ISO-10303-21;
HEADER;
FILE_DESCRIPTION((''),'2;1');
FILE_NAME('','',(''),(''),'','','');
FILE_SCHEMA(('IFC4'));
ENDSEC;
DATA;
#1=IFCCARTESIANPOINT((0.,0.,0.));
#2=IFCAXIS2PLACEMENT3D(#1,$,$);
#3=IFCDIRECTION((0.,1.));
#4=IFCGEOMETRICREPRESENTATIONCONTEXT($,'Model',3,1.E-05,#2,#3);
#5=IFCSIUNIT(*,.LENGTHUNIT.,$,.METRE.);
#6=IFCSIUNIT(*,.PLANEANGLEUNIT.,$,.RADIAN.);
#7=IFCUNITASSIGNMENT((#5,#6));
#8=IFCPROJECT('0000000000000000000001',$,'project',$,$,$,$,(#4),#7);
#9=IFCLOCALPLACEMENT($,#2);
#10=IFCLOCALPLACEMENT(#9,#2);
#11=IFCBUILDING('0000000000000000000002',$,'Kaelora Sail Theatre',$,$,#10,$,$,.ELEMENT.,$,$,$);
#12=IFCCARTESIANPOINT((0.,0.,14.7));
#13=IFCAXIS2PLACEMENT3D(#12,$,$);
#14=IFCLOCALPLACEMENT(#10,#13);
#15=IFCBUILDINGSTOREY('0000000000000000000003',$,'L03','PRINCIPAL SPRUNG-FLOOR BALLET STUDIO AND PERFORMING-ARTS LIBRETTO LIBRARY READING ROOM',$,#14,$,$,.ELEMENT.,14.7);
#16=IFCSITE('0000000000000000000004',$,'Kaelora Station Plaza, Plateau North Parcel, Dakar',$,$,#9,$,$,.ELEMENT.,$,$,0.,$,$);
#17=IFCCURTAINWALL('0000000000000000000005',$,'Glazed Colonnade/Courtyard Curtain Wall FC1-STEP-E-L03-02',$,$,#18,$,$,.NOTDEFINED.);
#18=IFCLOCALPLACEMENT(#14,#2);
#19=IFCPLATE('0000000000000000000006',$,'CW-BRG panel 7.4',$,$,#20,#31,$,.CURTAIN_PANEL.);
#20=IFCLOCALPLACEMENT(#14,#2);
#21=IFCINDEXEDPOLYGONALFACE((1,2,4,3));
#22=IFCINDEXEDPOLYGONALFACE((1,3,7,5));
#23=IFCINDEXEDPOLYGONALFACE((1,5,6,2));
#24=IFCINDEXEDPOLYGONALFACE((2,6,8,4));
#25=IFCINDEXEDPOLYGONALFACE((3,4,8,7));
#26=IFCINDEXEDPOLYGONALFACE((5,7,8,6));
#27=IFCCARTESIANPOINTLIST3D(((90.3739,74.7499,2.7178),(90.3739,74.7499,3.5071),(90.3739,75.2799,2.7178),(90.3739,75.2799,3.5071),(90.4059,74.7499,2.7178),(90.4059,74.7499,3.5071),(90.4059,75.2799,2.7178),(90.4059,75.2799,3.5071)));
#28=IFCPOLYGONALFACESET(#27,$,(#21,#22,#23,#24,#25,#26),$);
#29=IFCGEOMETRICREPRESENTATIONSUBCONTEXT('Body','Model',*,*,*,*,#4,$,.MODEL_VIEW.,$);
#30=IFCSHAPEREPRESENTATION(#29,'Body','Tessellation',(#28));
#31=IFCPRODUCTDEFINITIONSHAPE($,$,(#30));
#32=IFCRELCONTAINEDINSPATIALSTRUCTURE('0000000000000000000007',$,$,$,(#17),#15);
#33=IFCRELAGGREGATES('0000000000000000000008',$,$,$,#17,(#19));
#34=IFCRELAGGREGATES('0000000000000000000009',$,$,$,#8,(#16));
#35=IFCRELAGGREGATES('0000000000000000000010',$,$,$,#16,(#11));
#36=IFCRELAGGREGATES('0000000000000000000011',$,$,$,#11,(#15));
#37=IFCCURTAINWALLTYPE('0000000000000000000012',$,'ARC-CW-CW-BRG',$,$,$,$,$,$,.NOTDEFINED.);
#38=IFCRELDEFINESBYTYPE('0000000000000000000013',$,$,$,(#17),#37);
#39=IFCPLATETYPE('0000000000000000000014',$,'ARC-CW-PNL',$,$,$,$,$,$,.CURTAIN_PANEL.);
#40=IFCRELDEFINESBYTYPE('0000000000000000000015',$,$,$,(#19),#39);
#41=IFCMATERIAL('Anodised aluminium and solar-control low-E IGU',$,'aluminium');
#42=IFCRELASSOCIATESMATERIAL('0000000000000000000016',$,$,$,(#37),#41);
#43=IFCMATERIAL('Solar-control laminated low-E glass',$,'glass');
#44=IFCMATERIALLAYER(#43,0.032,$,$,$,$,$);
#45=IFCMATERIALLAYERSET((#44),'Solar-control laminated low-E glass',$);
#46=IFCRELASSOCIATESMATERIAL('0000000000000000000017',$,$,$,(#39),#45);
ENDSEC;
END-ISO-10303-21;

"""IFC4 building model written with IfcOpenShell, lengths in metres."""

from ifc_helpers import new_model, si_unit, direction, frame, origin, origin_2d, place, context, subcontext, project, spatial, rectangle, extrude, material, layer, layer_set, type_object, element, aggregate, save


model = new_model("IFC4")

# Units and contexts
model_context = context("Model", 3, precision=1e-05, world=origin(), true_north=direction((0.0, 1.0)))
body_context = subcontext(model_context, "Body", "Model", "MODEL_VIEW")
ifc_project = project(units=[si_unit("LENGTHUNIT", "METRE"), si_unit("PLANEANGLEUNIT", "RADIAN")], contexts=[model_context])

# Site, building, storey
site_placement = place(None, origin())
site = spatial("IfcSite", under=ifc_project, at=site_placement, Name="Kaelora Station Plaza, Plateau North Parcel, Dakar", CompositionType="ELEMENT", RefElevation=0.0)
building_placement = place(site_placement, origin())
building = spatial("IfcBuilding", under=site, at=building_placement, Name="Kaelora Sail Theatre", CompositionType="ELEMENT")
storey_placement = place(building_placement, frame((0.0, 0.0, 14.7)))
storey = spatial("IfcBuildingStorey", under=building, at=storey_placement, Name="L03", Description="PRINCIPAL SPRUNG-FLOOR BALLET STUDIO AND PERFORMING-ARTS LIBRETTO LIBRARY READING ROOM", CompositionType="ELEMENT", Elevation=14.7)

# Curtain wall
ifc_material_1 = material(Name="Anodised aluminium and solar-control low-E IGU", Category="aluminium")
curtain_wall_type = type_object("IfcCurtainWallType", Name="ARC-CW-CW-BRG", PredefinedType="NOTDEFINED", material=ifc_material_1)
curtain_wall_1_placement = place(storey_placement, origin())
curtain_wall_1 = element("IfcCurtainWall", 1, at=curtain_wall_1_placement, inside=storey, type_object=curtain_wall_type, Name="Glazed Colonnade/Courtyard Curtain Wall FC1-STEP-E-L03-02", PredefinedType="NOTDEFINED")

# Plate
ifc_material_2 = material(Name="Solar-control laminated low-E glass", Category="glass")
ifc_layer = layer(ifc_material_2, 0.032)
ifc_layer_set = layer_set([ifc_layer], Name="Solar-control laminated low-E glass")
plate_type = type_object("IfcPlateType", Name="ARC-CW-PNL", PredefinedType="CURTAIN_PANEL", material=ifc_layer_set)
plate_1_placement = place(storey_placement, frame((90.3899, 75.0149, 2.7178), z_axis=(0.0, 0.0, 1.0), x_axis=(0.0, 1.0, 0.0)))
plate_1 = element("IfcPlate", 2, at=plate_1_placement, type_object=plate_type, Name="CW-BRG panel 7.4", PredefinedType="CURTAIN_PANEL", context=body_context, shape_type="SweptSolid", body=[
    extrude(rectangle(XDim=0.53, YDim=0.032, at=origin_2d()), origin(), (0.0, 0.0, 1.0), 0.7893),
])
aggregate(curtain_wall_1, [plate_1])

save(model, "model.ifc")
